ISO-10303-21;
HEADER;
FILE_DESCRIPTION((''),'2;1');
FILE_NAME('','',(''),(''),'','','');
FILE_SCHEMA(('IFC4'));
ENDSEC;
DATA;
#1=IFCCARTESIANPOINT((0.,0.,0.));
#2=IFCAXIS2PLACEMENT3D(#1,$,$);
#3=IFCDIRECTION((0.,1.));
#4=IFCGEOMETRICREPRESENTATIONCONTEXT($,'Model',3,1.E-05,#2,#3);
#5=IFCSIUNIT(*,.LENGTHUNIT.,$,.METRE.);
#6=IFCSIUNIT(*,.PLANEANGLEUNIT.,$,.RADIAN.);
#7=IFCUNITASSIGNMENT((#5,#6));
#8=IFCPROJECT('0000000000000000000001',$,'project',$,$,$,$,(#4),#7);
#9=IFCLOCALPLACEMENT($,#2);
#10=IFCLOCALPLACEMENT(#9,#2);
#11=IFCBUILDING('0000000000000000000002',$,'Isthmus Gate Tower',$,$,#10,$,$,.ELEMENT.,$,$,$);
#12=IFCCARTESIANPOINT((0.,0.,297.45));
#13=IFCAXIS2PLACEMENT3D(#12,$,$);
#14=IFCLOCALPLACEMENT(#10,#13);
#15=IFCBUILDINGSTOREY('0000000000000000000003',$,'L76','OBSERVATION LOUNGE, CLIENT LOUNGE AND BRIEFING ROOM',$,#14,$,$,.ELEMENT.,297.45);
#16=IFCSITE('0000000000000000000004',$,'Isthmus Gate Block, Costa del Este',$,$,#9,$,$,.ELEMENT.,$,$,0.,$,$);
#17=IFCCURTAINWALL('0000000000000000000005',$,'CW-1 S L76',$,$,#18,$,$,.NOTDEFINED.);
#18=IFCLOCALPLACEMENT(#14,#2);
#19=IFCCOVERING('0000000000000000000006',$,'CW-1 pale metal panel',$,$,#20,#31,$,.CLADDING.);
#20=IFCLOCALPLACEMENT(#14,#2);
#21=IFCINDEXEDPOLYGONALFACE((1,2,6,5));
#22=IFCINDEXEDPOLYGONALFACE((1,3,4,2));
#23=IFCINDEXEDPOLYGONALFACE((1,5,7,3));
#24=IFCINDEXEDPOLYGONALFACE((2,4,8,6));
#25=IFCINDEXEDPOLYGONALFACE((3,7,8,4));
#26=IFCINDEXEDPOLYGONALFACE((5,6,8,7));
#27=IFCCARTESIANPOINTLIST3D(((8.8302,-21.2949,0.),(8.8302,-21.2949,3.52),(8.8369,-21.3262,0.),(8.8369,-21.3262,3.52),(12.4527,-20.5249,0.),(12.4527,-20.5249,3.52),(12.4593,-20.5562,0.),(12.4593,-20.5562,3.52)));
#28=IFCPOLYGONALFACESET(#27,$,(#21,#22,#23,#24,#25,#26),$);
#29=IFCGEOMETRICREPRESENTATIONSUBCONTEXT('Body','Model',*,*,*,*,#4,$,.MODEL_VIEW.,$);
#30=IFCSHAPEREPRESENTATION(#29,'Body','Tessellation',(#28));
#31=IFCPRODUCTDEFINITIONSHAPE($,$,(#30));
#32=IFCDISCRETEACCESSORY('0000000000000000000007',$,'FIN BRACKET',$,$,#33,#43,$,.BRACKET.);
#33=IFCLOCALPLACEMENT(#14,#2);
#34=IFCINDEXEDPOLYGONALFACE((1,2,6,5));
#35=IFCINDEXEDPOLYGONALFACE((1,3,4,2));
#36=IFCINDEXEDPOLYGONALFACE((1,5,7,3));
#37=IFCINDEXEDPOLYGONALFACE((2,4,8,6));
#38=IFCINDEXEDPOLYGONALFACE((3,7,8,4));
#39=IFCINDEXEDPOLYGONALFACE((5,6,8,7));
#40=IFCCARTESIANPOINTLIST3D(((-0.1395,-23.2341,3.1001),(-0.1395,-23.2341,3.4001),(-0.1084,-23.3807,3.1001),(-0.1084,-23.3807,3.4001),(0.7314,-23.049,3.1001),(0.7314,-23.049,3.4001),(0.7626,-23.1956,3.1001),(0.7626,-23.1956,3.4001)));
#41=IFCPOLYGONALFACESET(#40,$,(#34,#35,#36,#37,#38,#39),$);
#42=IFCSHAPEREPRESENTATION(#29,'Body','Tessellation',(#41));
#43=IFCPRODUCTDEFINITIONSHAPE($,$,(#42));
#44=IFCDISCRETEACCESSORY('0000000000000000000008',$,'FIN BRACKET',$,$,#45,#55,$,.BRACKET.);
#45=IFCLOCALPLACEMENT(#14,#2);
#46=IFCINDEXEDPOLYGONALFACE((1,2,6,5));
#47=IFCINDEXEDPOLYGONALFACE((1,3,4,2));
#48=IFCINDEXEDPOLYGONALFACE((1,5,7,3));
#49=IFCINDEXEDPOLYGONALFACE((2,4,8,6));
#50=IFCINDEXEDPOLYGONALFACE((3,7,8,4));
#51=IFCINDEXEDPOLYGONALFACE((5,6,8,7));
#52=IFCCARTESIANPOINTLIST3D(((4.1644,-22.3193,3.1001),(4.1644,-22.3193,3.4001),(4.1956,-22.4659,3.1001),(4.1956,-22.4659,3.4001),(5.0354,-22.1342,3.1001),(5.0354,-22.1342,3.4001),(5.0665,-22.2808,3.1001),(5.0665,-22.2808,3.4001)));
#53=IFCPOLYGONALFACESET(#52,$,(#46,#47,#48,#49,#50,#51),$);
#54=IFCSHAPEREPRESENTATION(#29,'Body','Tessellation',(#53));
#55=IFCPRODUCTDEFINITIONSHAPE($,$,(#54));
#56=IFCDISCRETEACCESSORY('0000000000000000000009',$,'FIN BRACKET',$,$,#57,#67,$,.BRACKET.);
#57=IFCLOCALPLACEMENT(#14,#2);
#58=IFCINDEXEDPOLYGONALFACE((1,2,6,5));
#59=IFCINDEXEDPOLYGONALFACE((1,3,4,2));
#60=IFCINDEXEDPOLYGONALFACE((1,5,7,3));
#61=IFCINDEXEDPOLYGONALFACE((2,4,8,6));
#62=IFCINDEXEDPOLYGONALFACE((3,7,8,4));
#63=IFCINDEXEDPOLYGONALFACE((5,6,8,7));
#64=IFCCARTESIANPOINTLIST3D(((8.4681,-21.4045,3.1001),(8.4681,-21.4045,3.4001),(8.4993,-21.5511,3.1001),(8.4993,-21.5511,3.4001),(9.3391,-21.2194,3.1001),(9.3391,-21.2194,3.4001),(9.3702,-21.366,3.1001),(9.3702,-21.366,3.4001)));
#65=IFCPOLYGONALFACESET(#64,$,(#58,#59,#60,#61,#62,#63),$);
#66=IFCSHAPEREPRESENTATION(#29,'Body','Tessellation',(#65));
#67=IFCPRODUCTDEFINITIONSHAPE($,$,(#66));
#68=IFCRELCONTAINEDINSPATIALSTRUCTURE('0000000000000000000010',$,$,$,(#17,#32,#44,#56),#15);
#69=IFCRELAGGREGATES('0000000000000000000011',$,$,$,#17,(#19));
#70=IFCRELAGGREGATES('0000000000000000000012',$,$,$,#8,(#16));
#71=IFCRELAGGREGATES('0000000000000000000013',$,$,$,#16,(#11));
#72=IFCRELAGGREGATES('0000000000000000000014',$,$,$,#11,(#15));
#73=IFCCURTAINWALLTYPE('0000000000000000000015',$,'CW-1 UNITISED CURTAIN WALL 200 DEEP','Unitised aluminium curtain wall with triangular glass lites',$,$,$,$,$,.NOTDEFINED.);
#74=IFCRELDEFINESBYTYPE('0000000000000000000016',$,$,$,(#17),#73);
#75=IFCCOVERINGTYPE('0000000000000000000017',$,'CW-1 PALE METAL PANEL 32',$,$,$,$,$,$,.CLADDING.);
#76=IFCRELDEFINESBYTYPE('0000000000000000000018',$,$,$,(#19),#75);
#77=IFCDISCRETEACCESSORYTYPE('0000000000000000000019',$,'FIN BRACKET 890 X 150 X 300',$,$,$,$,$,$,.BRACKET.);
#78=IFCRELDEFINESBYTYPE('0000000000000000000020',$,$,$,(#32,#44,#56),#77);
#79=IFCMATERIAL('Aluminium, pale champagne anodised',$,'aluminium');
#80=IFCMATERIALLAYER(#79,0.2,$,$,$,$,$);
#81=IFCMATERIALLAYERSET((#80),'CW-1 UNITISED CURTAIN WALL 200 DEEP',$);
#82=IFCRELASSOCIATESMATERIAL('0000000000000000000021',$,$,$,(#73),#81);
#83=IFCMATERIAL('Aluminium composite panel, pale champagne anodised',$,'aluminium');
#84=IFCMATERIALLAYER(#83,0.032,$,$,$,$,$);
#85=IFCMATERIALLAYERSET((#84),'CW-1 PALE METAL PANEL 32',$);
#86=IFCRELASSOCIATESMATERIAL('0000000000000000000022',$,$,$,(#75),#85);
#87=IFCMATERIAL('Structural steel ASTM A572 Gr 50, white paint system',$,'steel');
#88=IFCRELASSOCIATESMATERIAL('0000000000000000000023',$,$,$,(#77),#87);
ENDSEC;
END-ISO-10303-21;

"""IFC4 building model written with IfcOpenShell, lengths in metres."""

from ifc_helpers import new_model, si_unit, direction, frame, origin, origin_2d, place, context, subcontext, project, spatial, rectangle, extrude, material, layer, layer_set, type_object, element, aggregate, save


model = new_model("IFC4")

# Units and contexts
model_context = context("Model", 3, precision=1e-05, world=origin(), true_north=direction((0.0, 1.0)))
body_context = subcontext(model_context, "Body", "Model", "MODEL_VIEW")
ifc_project = project(units=[si_unit("LENGTHUNIT", "METRE"), si_unit("PLANEANGLEUNIT", "RADIAN")], contexts=[model_context])

# Site, building, storey
site_placement = place(None, origin())
site = spatial("IfcSite", under=ifc_project, at=site_placement, Name="Isthmus Gate Block, Costa del Este", CompositionType="ELEMENT", RefElevation=0.0)
building_placement = place(site_placement, origin())
building = spatial("IfcBuilding", under=site, at=building_placement, Name="Isthmus Gate Tower", CompositionType="ELEMENT")
storey_placement = place(building_placement, frame((0.0, 0.0, 297.45)))
storey = spatial("IfcBuildingStorey", under=building, at=storey_placement, Name="L76", Description="OBSERVATION LOUNGE, CLIENT LOUNGE AND BRIEFING ROOM", CompositionType="ELEMENT", Elevation=297.45)

# Curtain wall
ifc_material_1 = material(Name="Aluminium, pale champagne anodised", Category="aluminium")
ifc_layer_1 = layer(ifc_material_1, 0.2)
ifc_layer_set_1 = layer_set([ifc_layer_1], Name="CW-1 UNITISED CURTAIN WALL 200 DEEP")
curtain_wall_type = type_object("IfcCurtainWallType", Name="CW-1 UNITISED CURTAIN WALL 200 DEEP", Description="Unitised aluminium curtain wall with triangular glass lites", PredefinedType="NOTDEFINED", material=ifc_layer_set_1)
curtain_wall_placement = place(storey_placement, origin())
curtain_wall = element("IfcCurtainWall", 1, at=curtain_wall_placement, inside=storey, type_object=curtain_wall_type, Name="CW-1 S L76", PredefinedType="NOTDEFINED")

# Covering
ifc_material_2 = material(Name="Aluminium composite panel, pale champagne anodised", Category="aluminium")
ifc_layer_2 = layer(ifc_material_2, 0.032)
ifc_layer_set_2 = layer_set([ifc_layer_2], Name="CW-1 PALE METAL PANEL 32")
covering_type = type_object("IfcCoveringType", Name="CW-1 PALE METAL PANEL 32", PredefinedType="CLADDING", material=ifc_layer_set_2)
covering_1_placement = place(storey_placement, frame((10.6448, -20.9255, 0.0), z_axis=(0.0, 0.0, 1.0), x_axis=(0.978148, 0.207912, 0.0)))
covering_1 = element("IfcCovering", 2, at=covering_1_placement, type_object=covering_type, Name="CW-1 pale metal panel", PredefinedType="CLADDING", context=body_context, shape_type="SweptSolid", body=[
    extrude(rectangle(XDim=3.7034, YDim=0.032, at=origin_2d()), origin(), (0.0, 0.0, 1.0), 3.52),
])
aggregate(curtain_wall, [covering_1])

# Discrete accessories
ifc_material_3 = material(Name="Structural steel ASTM A572 Gr 50, white paint system", Category="steel")
discrete_accessory_type = type_object("IfcDiscreteAccessoryType", Name="FIN BRACKET 890 X 150 X 300", PredefinedType="BRACKET", material=ifc_material_3)
for number, where, z_axis, x_axis, name in (
    (3, (0.3115, -23.2148, 3.1001), (0.0, 0.0, 1.0), (0.207912, -0.978148, 0.0), "FIN BRACKET"),
    (4, (4.6155, -22.3, 3.1001), (0.0, 0.0, 1.0), (0.207912, -0.978148, 0.0), "FIN BRACKET"),
    (5, (8.9192, -21.3853, 3.1001), (0.0, 0.0, 1.0), (0.207912, -0.978148, 0.0), "FIN BRACKET"),
):
    element("IfcDiscreteAccessory", number, at=place(storey_placement, frame(where, z_axis=z_axis, x_axis=x_axis)), inside=storey, type_object=discrete_accessory_type, Name=name, PredefinedType="BRACKET", context=body_context, shape_type="SweptSolid", body=[
        extrude(rectangle(XDim=0.1499, YDim=0.8904, at=origin_2d()), origin(), (0.0, 0.0, 1.0), 0.3),
    ])

save(model, "model.ifc")
